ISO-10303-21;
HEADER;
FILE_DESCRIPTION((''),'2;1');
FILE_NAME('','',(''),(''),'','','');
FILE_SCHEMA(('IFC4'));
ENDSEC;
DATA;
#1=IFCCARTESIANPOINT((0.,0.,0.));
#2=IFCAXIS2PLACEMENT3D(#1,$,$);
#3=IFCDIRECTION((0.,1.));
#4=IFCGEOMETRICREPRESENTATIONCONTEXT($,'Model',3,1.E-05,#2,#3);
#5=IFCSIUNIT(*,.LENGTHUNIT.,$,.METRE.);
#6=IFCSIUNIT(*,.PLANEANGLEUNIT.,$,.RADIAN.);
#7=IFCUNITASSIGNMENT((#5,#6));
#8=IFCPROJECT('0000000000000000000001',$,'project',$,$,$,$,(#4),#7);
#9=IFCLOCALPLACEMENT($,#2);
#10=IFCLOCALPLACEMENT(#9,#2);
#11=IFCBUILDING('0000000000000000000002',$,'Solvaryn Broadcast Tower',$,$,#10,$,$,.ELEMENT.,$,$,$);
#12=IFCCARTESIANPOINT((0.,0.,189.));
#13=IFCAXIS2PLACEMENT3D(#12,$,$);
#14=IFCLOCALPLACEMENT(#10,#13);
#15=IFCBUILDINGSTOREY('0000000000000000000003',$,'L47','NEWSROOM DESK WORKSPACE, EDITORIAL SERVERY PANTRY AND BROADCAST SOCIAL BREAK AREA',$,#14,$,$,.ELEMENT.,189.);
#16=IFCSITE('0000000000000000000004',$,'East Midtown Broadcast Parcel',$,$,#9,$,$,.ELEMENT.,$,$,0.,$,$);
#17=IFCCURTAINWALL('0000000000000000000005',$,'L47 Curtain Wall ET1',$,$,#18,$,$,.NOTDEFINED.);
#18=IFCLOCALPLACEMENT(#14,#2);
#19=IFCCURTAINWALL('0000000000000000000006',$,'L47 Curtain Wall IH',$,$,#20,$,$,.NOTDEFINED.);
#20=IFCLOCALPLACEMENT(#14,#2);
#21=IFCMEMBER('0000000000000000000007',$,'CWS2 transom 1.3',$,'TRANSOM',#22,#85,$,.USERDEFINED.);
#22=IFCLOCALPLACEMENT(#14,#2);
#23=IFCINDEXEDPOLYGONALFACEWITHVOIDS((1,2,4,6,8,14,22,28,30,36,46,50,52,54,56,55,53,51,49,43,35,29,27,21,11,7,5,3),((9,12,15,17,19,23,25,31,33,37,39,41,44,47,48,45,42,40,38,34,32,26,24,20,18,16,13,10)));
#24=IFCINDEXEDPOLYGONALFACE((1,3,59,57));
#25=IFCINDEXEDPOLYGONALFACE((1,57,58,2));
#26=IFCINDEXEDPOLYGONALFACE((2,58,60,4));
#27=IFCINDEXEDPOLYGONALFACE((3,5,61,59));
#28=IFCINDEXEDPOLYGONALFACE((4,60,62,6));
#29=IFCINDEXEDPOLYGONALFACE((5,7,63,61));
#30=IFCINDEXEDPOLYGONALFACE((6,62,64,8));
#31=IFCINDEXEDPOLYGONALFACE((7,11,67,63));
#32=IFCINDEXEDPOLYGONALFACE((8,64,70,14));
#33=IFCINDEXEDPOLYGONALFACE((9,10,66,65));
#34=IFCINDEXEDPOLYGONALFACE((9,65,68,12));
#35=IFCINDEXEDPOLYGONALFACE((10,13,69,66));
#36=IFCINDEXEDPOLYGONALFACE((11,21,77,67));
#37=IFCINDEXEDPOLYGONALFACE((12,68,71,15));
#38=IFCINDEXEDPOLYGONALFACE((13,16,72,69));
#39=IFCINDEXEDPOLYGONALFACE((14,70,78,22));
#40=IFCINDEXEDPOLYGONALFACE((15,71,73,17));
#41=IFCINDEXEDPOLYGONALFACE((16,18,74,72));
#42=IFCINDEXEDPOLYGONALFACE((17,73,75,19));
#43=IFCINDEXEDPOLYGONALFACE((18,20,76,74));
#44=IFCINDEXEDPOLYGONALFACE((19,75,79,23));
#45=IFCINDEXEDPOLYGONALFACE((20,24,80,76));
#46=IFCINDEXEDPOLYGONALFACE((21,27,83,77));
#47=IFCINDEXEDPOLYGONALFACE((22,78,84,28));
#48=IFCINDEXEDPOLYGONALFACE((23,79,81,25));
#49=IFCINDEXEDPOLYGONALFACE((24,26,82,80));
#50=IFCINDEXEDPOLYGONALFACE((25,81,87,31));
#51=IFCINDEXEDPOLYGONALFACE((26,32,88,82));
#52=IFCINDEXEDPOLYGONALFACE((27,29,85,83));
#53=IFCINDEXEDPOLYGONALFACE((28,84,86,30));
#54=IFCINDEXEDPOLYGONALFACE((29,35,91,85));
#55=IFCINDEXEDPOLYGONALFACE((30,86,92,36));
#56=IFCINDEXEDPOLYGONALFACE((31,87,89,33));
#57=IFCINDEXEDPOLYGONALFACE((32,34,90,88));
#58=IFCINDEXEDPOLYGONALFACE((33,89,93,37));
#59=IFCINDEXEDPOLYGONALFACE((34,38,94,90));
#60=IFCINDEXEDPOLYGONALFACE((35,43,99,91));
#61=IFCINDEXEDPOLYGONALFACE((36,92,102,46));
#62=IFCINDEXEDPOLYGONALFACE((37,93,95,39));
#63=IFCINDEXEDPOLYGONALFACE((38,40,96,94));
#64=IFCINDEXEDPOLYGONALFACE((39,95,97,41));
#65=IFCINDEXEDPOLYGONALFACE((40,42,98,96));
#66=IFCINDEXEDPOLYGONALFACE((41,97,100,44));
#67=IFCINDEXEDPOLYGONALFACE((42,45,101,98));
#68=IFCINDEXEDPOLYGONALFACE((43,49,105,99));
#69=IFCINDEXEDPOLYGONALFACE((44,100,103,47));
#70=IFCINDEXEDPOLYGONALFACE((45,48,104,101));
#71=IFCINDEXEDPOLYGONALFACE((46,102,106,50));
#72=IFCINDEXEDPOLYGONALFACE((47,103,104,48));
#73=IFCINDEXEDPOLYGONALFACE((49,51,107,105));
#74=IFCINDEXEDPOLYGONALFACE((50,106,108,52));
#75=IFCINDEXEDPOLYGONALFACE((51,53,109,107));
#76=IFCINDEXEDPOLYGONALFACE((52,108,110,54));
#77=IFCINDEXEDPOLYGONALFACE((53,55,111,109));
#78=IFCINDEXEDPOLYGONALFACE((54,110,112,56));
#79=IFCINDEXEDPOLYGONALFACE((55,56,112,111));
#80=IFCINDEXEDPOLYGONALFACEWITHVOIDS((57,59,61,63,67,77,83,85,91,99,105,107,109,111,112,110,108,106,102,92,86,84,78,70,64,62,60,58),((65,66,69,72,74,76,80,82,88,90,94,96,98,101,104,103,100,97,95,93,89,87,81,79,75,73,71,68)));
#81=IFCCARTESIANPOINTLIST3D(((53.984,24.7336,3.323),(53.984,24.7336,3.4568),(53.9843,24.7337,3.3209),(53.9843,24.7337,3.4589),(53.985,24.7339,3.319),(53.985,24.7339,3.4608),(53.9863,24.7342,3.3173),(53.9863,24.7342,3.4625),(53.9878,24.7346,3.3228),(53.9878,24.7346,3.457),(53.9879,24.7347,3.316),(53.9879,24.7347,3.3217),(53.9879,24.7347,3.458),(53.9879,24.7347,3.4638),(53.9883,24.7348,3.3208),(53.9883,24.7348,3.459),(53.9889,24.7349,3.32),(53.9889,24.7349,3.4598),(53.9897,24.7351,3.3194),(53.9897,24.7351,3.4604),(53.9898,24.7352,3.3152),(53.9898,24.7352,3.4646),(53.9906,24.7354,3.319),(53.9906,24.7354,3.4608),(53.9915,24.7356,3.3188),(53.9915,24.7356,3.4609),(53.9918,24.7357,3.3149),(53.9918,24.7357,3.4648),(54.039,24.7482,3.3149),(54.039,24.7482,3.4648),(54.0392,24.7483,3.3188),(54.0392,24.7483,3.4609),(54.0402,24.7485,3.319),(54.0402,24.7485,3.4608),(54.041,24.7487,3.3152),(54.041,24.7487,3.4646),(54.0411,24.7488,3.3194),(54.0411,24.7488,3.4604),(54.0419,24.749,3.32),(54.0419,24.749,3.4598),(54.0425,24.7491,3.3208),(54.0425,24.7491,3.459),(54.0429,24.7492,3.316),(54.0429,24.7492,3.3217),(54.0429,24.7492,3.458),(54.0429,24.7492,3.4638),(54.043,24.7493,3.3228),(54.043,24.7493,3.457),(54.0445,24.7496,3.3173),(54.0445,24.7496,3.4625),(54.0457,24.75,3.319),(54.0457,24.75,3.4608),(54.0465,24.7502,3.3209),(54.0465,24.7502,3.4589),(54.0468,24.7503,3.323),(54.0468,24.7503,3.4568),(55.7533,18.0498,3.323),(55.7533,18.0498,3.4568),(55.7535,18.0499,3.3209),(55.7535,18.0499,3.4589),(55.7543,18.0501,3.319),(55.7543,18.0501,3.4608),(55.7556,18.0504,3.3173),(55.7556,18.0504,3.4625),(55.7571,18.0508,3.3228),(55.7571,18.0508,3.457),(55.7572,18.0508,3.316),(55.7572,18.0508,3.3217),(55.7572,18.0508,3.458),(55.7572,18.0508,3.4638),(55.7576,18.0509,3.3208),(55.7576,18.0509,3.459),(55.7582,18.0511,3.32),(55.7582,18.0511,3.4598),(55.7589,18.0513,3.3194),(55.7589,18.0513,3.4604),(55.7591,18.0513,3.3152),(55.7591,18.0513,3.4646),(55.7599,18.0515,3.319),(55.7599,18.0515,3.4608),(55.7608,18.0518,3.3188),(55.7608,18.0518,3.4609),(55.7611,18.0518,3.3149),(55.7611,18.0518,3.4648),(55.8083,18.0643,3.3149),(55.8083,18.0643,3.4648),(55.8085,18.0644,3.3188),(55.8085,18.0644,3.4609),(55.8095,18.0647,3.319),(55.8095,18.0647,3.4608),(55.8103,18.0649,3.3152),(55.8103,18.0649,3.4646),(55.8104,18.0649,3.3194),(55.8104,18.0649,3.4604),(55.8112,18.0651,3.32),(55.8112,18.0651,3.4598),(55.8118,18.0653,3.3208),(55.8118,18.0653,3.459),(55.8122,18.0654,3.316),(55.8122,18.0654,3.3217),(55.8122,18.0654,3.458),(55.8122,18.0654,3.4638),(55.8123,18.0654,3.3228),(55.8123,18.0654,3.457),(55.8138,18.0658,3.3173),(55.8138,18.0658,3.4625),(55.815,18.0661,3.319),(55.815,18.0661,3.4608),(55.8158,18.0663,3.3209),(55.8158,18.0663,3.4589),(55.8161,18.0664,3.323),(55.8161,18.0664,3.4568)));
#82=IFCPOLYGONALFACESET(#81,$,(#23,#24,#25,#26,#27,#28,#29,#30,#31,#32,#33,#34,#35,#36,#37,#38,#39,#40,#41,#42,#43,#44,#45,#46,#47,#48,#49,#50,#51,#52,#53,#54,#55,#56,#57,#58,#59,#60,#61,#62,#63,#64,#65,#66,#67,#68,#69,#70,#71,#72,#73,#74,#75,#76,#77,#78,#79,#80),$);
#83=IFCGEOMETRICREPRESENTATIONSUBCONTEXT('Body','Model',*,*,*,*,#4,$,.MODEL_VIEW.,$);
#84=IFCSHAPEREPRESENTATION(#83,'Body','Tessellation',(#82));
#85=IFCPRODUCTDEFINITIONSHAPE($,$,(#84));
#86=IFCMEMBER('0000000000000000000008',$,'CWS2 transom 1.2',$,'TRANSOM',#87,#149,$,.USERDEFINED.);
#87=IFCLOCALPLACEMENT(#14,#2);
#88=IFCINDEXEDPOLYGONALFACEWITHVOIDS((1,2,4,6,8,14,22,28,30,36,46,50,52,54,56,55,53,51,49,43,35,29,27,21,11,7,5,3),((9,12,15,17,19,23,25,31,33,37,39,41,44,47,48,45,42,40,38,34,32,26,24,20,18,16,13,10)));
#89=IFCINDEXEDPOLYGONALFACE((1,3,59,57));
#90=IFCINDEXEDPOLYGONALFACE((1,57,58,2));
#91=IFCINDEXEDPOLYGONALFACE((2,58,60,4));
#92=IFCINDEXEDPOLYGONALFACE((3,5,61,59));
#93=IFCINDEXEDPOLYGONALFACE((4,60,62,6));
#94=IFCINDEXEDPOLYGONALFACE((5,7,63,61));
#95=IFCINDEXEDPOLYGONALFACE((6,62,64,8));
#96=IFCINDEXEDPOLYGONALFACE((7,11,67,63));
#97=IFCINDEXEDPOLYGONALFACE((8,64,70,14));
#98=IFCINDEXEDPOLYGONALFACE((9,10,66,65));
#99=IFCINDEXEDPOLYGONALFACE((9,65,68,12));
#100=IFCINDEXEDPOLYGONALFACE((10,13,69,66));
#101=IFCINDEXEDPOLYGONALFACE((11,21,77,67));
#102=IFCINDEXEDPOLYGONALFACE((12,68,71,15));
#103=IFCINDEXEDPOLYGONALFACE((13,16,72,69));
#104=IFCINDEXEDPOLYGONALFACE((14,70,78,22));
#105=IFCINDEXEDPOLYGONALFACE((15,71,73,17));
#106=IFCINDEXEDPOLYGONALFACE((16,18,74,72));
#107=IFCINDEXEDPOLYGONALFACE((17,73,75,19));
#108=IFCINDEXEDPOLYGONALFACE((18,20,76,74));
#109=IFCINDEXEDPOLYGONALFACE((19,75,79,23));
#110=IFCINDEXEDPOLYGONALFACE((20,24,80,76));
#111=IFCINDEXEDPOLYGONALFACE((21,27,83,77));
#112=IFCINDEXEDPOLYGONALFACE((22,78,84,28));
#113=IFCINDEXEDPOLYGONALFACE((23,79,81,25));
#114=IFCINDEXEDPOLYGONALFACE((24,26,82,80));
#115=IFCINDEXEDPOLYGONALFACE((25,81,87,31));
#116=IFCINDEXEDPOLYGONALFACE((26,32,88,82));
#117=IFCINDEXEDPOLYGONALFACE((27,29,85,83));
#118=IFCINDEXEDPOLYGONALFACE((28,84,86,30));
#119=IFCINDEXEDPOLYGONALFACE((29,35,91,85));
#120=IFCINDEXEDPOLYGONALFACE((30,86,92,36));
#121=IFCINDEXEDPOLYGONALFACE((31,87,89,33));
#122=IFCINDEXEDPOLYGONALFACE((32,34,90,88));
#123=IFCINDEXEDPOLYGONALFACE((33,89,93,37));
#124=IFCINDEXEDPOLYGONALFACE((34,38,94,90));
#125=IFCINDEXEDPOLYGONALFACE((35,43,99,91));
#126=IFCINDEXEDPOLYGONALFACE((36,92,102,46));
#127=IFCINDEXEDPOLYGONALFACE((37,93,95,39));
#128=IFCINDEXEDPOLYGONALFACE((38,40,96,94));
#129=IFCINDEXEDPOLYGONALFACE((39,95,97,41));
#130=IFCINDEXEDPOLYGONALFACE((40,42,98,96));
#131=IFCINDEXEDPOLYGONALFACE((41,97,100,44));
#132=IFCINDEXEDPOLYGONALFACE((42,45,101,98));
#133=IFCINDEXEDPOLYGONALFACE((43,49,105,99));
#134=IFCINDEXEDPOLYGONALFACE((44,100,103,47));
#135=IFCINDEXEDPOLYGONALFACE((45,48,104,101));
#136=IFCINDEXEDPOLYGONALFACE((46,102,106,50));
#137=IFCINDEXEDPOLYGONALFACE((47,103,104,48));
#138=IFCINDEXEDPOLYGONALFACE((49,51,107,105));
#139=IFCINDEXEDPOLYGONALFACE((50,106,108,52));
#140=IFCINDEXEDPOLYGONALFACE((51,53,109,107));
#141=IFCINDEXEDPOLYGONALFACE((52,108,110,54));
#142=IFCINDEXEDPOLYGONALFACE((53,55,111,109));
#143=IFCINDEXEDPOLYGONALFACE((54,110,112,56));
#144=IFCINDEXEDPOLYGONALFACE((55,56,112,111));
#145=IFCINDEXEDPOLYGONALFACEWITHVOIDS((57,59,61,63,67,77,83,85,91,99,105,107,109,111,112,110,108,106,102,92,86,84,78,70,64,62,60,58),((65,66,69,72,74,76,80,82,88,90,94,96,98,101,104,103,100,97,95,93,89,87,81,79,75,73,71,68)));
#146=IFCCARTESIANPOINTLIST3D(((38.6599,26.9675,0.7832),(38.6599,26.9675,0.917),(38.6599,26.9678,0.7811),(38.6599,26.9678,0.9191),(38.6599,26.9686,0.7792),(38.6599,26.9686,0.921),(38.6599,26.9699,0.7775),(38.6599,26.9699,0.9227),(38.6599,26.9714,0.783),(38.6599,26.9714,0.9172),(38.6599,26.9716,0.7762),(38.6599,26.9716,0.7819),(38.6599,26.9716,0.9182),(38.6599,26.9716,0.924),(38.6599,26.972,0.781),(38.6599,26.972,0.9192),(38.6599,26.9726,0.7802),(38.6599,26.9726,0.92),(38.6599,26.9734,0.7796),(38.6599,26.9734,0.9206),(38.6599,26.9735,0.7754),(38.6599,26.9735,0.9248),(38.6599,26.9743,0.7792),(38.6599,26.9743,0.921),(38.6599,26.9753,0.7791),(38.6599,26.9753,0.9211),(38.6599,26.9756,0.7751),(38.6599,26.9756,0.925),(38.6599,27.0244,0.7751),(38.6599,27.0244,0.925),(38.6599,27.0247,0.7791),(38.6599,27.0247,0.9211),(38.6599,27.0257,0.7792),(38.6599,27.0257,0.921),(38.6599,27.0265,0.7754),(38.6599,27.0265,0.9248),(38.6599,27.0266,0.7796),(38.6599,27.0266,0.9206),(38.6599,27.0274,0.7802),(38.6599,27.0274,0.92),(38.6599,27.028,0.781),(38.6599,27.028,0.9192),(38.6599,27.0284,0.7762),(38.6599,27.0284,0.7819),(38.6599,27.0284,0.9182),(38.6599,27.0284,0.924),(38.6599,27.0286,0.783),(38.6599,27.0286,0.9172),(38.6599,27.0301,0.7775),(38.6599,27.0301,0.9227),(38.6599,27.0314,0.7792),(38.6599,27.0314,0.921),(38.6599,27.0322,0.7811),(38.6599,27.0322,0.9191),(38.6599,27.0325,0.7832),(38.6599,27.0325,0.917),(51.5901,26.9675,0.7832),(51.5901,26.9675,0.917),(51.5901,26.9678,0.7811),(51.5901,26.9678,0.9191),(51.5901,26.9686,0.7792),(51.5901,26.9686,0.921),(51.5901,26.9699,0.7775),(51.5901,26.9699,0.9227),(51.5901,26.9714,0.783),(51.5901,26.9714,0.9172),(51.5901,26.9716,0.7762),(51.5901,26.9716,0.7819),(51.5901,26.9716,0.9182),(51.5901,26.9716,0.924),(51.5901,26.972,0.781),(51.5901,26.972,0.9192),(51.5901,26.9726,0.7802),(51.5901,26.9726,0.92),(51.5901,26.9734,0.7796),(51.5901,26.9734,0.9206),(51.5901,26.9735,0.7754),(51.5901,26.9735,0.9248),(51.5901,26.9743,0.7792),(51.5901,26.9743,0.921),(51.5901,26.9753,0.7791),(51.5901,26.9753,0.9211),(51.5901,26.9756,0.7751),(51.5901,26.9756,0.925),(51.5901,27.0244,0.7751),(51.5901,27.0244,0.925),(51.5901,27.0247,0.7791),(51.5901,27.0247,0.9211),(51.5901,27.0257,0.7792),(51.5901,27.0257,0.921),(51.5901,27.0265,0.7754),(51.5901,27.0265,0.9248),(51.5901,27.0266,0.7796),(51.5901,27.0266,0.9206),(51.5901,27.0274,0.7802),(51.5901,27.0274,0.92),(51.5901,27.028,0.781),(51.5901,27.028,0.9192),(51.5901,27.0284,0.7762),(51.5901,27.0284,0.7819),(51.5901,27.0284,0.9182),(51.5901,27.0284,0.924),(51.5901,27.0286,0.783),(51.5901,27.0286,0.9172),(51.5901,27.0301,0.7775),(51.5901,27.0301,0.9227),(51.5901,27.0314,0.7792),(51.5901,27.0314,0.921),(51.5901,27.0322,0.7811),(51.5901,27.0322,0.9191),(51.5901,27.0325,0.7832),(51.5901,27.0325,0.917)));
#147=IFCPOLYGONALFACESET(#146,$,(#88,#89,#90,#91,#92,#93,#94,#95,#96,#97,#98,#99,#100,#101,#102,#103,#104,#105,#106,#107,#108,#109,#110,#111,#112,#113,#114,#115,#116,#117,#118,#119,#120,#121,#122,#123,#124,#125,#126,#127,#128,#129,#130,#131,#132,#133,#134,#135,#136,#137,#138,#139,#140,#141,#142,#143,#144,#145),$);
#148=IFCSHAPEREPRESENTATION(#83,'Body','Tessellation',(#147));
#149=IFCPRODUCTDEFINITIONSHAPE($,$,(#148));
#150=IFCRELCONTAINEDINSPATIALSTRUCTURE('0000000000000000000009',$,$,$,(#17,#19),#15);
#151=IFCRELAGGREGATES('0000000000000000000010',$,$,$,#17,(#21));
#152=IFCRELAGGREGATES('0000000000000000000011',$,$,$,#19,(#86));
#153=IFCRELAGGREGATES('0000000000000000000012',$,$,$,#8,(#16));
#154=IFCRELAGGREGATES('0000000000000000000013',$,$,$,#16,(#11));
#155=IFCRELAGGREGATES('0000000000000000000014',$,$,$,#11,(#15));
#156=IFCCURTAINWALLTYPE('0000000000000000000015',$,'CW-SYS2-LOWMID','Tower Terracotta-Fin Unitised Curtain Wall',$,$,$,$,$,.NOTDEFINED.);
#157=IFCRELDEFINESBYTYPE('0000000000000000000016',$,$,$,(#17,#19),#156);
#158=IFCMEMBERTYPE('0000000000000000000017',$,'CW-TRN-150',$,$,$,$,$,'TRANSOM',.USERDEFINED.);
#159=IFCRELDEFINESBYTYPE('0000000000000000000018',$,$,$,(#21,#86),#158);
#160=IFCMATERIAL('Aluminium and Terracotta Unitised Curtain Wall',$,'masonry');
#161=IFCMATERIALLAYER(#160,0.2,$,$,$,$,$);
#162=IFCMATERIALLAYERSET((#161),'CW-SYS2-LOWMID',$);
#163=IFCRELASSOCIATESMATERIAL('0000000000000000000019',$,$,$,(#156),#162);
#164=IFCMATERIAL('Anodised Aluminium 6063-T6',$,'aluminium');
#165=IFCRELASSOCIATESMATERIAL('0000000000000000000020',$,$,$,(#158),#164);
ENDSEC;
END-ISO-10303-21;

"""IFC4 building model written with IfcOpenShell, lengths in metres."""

from ifc_helpers import new_model, si_unit, direction, frame, origin, origin_2d, place, context, subcontext, project, spatial, hollow_rectangle, extrude, material, layer, layer_set, material_profile, profile_set, type_object, element, aggregate, save


model = new_model("IFC4")

# Units and contexts
model_context = context("Model", 3, precision=1e-05, world=origin(), true_north=direction((0.0, 1.0)))
body_context = subcontext(model_context, "Body", "Model", "MODEL_VIEW")
ifc_project = project(units=[si_unit("LENGTHUNIT", "METRE"), si_unit("PLANEANGLEUNIT", "RADIAN")], contexts=[model_context])

# Site, building, storey
site_placement = place(None, origin())
site = spatial("IfcSite", under=ifc_project, at=site_placement, Name="East Midtown Broadcast Parcel", CompositionType="ELEMENT", RefElevation=0.0)
building_placement = place(site_placement, origin())
building = spatial("IfcBuilding", under=site, at=building_placement, Name="Solvaryn Broadcast Tower", CompositionType="ELEMENT")
storey_placement = place(building_placement, frame((0.0, 0.0, 189.0)))
storey = spatial("IfcBuildingStorey", under=building, at=storey_placement, Name="L47", Description="NEWSROOM DESK WORKSPACE, EDITORIAL SERVERY PANTRY AND BROADCAST SOCIAL BREAK AREA", CompositionType="ELEMENT", Elevation=189.0)

# Curtain walls
ifc_material_1 = material(Name="Aluminium and Terracotta Unitised Curtain Wall", Category="masonry")
ifc_layer_1 = layer(ifc_material_1, 0.2)
ifc_layer_set_1 = layer_set([ifc_layer_1], Name="CW-SYS2-LOWMID")
curtain_wall_type = type_object("IfcCurtainWallType", Name="CW-SYS2-LOWMID", Description="Tower Terracotta-Fin Unitised Curtain Wall", PredefinedType="NOTDEFINED", material=ifc_layer_set_1)
curtain_wall_1_placement = place(storey_placement, origin())
curtain_wall_1 = element("IfcCurtainWall", 1, at=curtain_wall_1_placement, inside=storey, type_object=curtain_wall_type, Name="L47 Curtain Wall ET1", PredefinedType="NOTDEFINED")
curtain_wall_2_placement = place(storey_placement, origin())
curtain_wall_2 = element("IfcCurtainWall", 2, at=curtain_wall_2_placement, inside=storey, type_object=curtain_wall_type, Name="L47 Curtain Wall IH", PredefinedType="NOTDEFINED")

# Members
ifc_material_2 = material(Name="Anodised Aluminium 6063-T6", Category="aluminium")
ifc_material_profile_1 = material_profile(ifc_material_2, hollow_rectangle(XDim=0.0649, YDim=0.1499, WallThickness=0.0039, InnerFilletRadius=0.0039, OuterFilletRadius=0.0081, at=origin_2d()))
ifc_profile_set_1 = profile_set([ifc_material_profile_1], Name="Anodised Aluminium 6063-T6")
member_type_1 = type_object("IfcMemberType", Name="CW-TRN-150", ElementType="TRANSOM", PredefinedType="USERDEFINED", material=ifc_profile_set_1)
member_1_placement = place(storey_placement, frame((54.0154, 24.7419, 3.3899), z_axis=(0.255897, -0.966704, 0.0), x_axis=(0.966704, 0.255897, 0.0)))
member_1 = element("IfcMember", 3, at=member_1_placement, type_object=member_type_1, Name="CWS2 transom 1.3", ObjectType="TRANSOM", PredefinedType="USERDEFINED", context=body_context, shape_type="SweptSolid", body=[
    extrude(hollow_rectangle(XDim=0.0649, YDim=0.1499, WallThickness=0.0039, InnerFilletRadius=0.0039, OuterFilletRadius=0.0081, at=origin_2d()), origin(), (0.0, 0.0, 1.0), 6.9141),
])
member_2_placement = place(storey_placement, frame((38.6599, 27.0, 0.8501), z_axis=(1.0, 0.0, 0.0), x_axis=(0.0, 1.0, 0.0)))
member_2 = element("IfcMember", 4, at=member_2_placement, type_object=member_type_1, Name="CWS2 transom 1.2", ObjectType="TRANSOM", PredefinedType="USERDEFINED", context=body_context, shape_type="SweptSolid", body=[
    extrude(hollow_rectangle(XDim=0.0649, YDim=0.1499, WallThickness=0.0039, InnerFilletRadius=0.0039, OuterFilletRadius=0.0081, at=origin_2d()), origin(), (0.0, 0.0, 1.0), 12.9302),
])

aggregate(curtain_wall_1, [member_1])
aggregate(curtain_wall_2, [member_2])

save(model, "model.ifc")
